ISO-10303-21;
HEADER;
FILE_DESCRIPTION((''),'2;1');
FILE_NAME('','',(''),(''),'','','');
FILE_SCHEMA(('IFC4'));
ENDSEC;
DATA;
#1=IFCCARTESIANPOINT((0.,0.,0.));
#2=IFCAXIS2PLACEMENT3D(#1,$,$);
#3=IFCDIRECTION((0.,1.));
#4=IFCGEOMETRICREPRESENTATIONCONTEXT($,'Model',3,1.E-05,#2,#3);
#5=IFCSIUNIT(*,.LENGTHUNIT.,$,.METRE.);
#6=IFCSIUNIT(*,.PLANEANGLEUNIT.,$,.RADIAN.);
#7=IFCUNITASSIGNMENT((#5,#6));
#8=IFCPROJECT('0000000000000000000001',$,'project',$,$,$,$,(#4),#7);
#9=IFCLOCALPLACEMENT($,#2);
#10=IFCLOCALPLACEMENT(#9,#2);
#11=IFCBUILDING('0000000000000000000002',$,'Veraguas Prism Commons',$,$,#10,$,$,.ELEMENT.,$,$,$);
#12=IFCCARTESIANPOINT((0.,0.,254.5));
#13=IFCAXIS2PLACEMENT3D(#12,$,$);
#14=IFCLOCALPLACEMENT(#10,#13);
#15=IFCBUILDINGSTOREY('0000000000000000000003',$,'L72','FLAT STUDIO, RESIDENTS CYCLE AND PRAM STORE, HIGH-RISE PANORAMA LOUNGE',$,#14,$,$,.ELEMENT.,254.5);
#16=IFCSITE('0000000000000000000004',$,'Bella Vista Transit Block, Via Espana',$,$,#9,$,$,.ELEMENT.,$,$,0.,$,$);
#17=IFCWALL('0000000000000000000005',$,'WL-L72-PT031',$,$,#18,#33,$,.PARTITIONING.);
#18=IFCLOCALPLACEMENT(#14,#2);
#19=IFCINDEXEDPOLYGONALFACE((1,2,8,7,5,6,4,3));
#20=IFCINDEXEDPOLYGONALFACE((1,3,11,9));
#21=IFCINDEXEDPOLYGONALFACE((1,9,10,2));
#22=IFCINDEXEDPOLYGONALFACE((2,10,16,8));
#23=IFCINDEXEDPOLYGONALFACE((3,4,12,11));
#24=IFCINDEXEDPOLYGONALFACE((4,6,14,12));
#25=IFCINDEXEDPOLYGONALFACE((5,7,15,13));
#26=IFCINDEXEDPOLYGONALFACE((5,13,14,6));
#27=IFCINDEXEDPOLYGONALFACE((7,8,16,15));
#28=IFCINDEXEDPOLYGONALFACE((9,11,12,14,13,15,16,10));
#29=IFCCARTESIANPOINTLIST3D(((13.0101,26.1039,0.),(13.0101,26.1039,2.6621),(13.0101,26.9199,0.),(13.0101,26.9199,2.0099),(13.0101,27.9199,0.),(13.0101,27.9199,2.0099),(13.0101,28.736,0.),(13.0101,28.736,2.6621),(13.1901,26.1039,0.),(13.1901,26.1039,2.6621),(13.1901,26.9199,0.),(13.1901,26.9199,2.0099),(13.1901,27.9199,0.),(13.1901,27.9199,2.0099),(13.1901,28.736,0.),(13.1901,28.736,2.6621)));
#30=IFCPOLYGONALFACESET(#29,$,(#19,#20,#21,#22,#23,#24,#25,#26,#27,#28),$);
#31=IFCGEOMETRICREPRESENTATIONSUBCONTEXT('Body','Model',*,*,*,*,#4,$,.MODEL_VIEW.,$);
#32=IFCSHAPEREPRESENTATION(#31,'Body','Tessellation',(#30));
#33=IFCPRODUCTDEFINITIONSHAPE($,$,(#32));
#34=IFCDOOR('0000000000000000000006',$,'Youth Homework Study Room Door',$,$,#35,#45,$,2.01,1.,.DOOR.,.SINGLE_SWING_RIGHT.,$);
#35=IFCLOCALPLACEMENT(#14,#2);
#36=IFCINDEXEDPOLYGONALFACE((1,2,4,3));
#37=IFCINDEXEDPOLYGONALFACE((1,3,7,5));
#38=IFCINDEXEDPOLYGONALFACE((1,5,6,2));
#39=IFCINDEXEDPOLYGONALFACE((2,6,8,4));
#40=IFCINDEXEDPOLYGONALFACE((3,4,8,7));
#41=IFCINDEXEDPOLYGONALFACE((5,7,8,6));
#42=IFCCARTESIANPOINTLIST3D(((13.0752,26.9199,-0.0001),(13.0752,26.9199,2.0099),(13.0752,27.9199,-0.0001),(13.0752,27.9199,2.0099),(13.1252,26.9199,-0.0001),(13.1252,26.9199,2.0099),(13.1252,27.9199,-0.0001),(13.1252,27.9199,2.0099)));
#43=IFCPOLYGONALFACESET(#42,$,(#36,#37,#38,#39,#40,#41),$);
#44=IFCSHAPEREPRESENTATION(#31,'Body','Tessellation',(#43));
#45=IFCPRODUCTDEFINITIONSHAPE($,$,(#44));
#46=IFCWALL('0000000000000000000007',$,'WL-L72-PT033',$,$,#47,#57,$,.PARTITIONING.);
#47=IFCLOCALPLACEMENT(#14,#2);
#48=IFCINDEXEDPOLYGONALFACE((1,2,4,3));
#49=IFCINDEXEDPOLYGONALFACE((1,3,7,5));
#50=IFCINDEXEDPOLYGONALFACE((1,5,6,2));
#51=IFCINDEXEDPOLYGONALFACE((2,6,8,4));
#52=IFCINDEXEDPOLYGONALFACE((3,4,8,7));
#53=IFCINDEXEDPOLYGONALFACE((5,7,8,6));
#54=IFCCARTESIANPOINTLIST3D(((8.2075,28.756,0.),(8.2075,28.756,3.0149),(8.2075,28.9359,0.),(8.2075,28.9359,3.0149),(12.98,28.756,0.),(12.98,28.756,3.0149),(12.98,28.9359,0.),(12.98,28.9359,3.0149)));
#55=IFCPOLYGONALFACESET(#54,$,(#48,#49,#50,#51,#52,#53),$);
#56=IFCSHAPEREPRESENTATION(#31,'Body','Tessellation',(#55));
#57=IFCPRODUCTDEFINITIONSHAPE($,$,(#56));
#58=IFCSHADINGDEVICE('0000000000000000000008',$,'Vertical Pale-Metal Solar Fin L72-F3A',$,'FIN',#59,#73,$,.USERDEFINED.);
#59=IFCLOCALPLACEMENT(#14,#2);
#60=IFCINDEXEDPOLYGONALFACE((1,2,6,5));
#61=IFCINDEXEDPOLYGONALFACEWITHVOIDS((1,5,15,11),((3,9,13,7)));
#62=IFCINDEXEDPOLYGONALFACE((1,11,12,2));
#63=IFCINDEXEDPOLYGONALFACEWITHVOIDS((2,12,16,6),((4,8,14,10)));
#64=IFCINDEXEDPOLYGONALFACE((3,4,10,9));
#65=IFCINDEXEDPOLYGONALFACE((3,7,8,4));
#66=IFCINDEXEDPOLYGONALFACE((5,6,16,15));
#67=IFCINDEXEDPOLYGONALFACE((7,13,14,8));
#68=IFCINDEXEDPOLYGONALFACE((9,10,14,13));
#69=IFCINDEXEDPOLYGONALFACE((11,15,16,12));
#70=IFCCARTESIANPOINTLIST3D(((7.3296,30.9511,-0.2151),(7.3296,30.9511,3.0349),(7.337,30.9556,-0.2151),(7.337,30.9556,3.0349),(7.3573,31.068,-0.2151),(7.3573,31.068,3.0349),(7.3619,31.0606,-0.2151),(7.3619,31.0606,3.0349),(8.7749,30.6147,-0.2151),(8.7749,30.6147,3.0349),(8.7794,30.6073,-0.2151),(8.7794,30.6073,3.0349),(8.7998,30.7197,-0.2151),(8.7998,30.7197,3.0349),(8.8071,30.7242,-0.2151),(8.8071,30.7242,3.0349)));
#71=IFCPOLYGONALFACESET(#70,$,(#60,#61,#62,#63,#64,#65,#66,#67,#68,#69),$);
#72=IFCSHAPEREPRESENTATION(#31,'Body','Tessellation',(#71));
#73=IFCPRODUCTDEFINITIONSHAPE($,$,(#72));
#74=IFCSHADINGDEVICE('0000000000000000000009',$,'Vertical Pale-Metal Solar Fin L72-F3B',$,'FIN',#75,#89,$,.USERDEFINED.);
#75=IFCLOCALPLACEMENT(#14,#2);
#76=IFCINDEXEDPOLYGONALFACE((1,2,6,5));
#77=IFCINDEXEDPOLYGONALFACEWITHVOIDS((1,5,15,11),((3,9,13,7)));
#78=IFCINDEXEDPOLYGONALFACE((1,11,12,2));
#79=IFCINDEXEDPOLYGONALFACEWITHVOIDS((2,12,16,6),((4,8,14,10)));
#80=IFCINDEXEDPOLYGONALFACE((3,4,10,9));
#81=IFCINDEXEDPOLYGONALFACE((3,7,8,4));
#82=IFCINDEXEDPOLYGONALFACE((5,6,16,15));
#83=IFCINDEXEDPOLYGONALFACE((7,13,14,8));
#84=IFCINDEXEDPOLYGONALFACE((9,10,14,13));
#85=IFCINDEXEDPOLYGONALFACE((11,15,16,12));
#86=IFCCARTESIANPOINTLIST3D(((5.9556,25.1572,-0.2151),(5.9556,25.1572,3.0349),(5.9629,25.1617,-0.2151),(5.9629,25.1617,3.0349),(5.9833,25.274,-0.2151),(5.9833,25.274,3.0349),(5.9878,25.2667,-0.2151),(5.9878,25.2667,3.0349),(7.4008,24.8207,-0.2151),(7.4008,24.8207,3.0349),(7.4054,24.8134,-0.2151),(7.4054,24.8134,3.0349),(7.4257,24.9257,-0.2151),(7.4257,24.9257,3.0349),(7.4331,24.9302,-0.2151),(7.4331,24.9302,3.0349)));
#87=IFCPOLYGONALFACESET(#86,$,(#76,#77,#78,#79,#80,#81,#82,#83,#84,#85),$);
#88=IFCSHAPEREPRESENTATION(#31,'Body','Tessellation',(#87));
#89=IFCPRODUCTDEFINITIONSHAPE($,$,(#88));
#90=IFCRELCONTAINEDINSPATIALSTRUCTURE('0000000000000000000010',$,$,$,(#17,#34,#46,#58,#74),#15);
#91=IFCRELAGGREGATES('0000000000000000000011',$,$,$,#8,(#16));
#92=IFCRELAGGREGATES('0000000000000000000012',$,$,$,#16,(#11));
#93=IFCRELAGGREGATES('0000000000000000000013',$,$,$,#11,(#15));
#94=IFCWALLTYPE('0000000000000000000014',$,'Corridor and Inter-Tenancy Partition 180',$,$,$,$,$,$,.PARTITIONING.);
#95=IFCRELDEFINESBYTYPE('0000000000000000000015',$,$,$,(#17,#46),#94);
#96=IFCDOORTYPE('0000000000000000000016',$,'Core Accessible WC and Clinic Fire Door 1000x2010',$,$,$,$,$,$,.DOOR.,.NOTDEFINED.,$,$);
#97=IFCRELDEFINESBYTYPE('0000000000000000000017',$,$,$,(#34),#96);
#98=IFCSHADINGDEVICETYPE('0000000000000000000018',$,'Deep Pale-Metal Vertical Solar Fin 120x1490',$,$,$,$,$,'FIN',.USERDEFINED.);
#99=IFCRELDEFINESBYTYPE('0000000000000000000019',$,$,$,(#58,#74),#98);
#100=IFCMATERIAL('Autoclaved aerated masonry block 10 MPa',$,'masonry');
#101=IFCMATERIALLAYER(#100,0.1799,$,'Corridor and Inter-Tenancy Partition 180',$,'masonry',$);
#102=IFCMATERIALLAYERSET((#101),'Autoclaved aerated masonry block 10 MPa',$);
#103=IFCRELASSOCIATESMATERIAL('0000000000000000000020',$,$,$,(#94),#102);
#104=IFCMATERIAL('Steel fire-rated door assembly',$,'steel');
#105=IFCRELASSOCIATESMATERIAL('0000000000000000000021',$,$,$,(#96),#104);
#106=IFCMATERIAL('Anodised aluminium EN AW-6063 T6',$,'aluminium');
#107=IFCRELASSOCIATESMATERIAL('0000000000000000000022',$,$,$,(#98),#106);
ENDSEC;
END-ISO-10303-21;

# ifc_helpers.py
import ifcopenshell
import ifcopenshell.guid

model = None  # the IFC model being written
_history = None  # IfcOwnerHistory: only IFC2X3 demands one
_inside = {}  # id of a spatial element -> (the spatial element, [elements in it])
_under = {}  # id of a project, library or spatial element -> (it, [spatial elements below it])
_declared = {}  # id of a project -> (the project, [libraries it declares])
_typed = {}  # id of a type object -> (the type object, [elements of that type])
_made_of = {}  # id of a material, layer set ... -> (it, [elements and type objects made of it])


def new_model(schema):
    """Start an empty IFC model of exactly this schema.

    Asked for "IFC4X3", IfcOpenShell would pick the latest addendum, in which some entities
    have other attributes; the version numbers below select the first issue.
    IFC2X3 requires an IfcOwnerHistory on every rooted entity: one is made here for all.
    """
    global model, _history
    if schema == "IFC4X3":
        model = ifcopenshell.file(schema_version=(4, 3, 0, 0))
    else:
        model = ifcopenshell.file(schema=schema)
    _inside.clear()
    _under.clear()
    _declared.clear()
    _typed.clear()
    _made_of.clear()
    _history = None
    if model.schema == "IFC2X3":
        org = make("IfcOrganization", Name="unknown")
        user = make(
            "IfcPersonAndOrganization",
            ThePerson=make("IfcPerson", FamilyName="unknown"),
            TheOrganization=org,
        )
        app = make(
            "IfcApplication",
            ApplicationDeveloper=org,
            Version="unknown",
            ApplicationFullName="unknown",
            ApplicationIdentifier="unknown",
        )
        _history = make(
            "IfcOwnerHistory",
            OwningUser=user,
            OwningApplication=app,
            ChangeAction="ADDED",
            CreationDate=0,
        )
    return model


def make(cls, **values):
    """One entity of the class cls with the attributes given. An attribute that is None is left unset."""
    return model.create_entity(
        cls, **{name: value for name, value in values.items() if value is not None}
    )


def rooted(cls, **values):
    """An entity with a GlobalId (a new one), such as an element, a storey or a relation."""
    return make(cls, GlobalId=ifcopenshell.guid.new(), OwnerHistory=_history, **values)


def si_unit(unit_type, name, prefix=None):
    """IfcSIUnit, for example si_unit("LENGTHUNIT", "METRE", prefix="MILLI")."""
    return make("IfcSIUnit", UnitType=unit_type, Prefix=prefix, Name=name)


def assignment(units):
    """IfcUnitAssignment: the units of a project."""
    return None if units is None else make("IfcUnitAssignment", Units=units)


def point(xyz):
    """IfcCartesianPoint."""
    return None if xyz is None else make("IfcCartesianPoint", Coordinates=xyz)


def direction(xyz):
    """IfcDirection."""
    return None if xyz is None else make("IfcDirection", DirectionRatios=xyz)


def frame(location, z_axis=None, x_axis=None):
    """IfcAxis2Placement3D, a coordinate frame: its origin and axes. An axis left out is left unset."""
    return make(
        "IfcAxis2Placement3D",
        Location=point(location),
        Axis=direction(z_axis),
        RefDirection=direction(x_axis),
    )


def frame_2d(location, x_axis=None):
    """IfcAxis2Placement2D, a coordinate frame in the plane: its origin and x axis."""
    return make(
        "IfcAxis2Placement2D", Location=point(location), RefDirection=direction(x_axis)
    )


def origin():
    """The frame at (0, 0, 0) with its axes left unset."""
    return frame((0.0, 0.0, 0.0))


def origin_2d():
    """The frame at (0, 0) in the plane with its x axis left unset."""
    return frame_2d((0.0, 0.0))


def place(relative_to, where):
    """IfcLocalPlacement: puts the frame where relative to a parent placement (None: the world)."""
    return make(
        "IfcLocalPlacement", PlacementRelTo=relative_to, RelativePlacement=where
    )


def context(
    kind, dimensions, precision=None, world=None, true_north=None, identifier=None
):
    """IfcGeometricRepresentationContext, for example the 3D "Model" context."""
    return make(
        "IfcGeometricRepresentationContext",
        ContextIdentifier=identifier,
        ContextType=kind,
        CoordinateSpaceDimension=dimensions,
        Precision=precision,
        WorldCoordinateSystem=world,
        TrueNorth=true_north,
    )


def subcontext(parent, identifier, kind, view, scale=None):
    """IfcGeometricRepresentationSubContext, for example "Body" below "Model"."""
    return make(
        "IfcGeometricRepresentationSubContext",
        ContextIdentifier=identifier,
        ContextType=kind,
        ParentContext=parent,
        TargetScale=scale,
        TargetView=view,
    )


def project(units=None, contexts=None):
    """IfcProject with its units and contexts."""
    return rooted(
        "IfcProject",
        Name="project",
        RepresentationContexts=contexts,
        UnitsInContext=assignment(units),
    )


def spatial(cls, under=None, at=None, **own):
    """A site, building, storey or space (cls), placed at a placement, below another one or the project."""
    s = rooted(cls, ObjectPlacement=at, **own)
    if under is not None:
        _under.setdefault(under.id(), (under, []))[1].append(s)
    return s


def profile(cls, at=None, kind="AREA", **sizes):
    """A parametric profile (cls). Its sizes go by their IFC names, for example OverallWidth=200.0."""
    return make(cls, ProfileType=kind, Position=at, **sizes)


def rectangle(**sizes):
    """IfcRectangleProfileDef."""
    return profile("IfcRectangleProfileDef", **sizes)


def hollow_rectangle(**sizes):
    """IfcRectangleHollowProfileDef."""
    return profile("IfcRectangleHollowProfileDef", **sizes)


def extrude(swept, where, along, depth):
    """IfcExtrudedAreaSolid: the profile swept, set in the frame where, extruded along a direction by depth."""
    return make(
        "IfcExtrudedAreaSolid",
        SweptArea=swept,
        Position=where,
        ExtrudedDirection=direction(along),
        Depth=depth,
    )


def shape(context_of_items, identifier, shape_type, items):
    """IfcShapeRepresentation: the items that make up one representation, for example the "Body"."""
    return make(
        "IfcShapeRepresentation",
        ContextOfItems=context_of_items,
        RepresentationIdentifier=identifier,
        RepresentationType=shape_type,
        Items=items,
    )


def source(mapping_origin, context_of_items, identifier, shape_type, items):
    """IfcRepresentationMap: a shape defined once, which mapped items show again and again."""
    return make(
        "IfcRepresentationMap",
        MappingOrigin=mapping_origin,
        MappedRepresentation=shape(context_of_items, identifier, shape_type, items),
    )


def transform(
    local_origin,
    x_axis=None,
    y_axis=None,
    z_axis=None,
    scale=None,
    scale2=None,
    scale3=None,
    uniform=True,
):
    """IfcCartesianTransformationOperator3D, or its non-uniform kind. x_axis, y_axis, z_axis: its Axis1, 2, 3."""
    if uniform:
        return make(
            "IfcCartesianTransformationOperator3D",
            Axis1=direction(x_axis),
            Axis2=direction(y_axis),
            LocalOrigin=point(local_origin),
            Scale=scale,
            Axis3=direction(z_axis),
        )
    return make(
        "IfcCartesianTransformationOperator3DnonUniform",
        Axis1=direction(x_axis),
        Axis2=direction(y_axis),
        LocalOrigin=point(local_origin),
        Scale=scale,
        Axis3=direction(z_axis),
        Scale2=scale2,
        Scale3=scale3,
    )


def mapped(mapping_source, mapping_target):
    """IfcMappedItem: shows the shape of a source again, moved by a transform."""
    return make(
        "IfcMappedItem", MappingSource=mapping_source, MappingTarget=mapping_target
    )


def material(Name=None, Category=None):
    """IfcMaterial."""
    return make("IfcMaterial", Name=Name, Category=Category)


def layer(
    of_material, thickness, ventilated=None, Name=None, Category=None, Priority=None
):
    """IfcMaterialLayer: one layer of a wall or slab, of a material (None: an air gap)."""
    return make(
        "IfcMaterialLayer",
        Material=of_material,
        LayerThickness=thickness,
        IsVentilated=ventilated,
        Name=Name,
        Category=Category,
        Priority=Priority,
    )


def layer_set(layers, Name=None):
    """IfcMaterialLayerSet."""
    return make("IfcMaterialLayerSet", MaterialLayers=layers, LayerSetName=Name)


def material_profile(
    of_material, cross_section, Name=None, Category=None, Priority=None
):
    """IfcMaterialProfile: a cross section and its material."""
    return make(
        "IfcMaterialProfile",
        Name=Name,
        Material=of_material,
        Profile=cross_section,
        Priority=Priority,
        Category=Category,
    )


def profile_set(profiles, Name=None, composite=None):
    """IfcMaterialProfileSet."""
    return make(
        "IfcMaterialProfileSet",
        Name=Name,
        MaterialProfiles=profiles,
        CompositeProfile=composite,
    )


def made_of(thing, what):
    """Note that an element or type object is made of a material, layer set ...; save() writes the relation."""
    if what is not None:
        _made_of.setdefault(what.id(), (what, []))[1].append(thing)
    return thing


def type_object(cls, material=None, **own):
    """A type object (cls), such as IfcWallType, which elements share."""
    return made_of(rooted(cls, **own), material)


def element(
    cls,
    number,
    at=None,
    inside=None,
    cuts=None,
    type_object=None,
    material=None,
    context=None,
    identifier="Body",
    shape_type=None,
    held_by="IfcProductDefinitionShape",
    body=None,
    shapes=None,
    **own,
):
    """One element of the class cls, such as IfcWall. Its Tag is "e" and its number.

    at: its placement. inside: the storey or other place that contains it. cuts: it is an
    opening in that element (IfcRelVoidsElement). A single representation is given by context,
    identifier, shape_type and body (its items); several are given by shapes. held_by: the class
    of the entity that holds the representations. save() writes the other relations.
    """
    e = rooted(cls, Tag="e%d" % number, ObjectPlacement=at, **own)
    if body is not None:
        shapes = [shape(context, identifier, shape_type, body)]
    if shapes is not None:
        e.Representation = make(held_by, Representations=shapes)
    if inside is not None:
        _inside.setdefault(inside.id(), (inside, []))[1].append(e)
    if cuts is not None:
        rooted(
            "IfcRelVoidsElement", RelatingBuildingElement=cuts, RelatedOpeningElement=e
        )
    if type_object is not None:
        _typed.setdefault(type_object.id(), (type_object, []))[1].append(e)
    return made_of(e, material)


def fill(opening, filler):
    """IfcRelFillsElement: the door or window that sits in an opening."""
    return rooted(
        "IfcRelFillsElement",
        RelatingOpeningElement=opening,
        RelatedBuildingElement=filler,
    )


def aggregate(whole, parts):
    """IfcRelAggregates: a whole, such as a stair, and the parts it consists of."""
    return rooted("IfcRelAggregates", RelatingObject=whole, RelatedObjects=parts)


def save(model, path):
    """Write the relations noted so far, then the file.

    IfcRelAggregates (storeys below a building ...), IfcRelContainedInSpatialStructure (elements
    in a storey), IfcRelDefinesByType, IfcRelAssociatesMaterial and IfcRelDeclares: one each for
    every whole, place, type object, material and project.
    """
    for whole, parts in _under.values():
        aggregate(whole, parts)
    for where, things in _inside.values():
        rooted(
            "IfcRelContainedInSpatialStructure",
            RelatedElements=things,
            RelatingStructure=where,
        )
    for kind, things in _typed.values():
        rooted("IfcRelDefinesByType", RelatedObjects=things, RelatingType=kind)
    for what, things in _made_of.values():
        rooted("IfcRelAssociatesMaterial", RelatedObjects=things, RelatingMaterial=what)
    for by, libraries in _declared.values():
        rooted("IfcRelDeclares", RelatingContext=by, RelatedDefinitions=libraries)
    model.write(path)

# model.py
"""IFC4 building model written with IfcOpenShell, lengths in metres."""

from ifc_helpers import new_model, si_unit, direction, frame, frame_2d, origin, origin_2d, place, context, subcontext, project, spatial, rectangle, hollow_rectangle, extrude, source, transform, mapped, material, layer, layer_set, material_profile, profile_set, type_object, element, fill, save


model = new_model("IFC4")

# Units and contexts
model_context = context("Model", 3, precision=1e-05, world=origin(), true_north=direction((0.0, 1.0)))
body_context = subcontext(model_context, "Body", "Model", "MODEL_VIEW")
ifc_project = project(units=[si_unit("LENGTHUNIT", "METRE"), si_unit("PLANEANGLEUNIT", "RADIAN")], contexts=[model_context])

# Site, building, storey
site_placement = place(None, origin())
site = spatial("IfcSite", under=ifc_project, at=site_placement, Name="Bella Vista Transit Block, Via Espana", CompositionType="ELEMENT", RefElevation=0.0)
building_placement = place(site_placement, origin())
building = spatial("IfcBuilding", under=site, at=building_placement, Name="Veraguas Prism Commons", CompositionType="ELEMENT")
storey_placement = place(building_placement, frame((0.0, 0.0, 254.5)))
storey = spatial("IfcBuildingStorey", under=building, at=storey_placement, Name="L72", Description="FLAT STUDIO, RESIDENTS CYCLE AND PRAM STORE, HIGH-RISE PANORAMA LOUNGE", CompositionType="ELEMENT", Elevation=254.5)

# Shared definitions
ifc_material_1 = material(Name="Anodised aluminium EN AW-6063 T6", Category="aluminium")

# Shared definitions
ifc_material_2 = material(Name="Autoclaved aerated masonry block 10 MPa", Category="masonry")
ifc_layer_1 = layer(ifc_material_2, 0.1799, Name="Corridor and Inter-Tenancy Partition 180", Category="masonry")
ifc_layer_set_1 = layer_set([ifc_layer_1], Name="Autoclaved aerated masonry block 10 MPa")
wall_type = type_object("IfcWallType", Name="Corridor and Inter-Tenancy Partition 180", PredefinedType="PARTITIONING", material=ifc_layer_set_1)

# Wall, opening, door
wall_1_placement = place(storey_placement, frame((13.1001, 26.104, 0.0), z_axis=(0.0, 0.0, 1.0), x_axis=(0.0, 1.0, 0.0)))
wall_1 = element("IfcWall", 1, at=wall_1_placement, inside=storey, type_object=wall_type, Name="WL-L72-PT031", PredefinedType="PARTITIONING", context=body_context, shape_type="SweptSolid", body=[
    extrude(rectangle(XDim=2.6321, YDim=0.1799, at=frame_2d((1.3159, 0.0))), origin(), (0.0, 0.0, 1.0), 2.6621),
])
opening_placement = place(wall_1_placement, frame((0.8159, 0.0, 0.0)))
opening = element("IfcOpeningElement", 2, at=opening_placement, cuts=wall_1, PredefinedType="OPENING", context=body_context, shape_type="SweptSolid", body=[
    extrude(rectangle(XDim=1.0, YDim=2.01, at=frame_2d((0.5, 1.0049))), frame((0.0, 0.0999, 0.0), z_axis=(0.0, -1.0, 0.0), x_axis=(1.0, 0.0, 0.0)), (0.0, 0.0, 1.0), 0.2),
])
ifc_material_3 = material(Name="Steel fire-rated door assembly", Category="steel")
door_type = type_object("IfcDoorType", Name="Core Accessible WC and Clinic Fire Door 1000x2010", OperationType="NOTDEFINED", PredefinedType="DOOR", material=ifc_material_3)
shared_shape_1 = source(origin(), body_context, "Body", "SweptSolid", [
    extrude(rectangle(XDim=1.0, YDim=2.01, at=frame_2d((0.5, 1.0049))), frame((0.0, 0.0249, 0.0), z_axis=(0.0, -1.0, 0.0), x_axis=(1.0, 0.0, 0.0)), (0.0, 0.0, 1.0), 0.05),
])
door_placement = place(opening_placement, origin())
door = element("IfcDoor", 3, at=door_placement, inside=storey, type_object=door_type, Name="Youth Homework Study Room Door", OperationType="SINGLE_SWING_RIGHT", OverallHeight=2.01, OverallWidth=1.0, PredefinedType="DOOR", context=body_context, shape_type="MappedRepresentation", body=[
    mapped(shared_shape_1, transform((0.0, 0.0, 0.0), scale=1.0)),
])
fill(opening, door)

# Wall
wall_2_placement = place(storey_placement, frame((12.98, 28.8459, 0.0), z_axis=(0.0, 0.0, 1.0), x_axis=(-1.0, 0.0, 0.0)))
element("IfcWall", 4, at=wall_2_placement, inside=storey, type_object=wall_type, Name="WL-L72-PT033", PredefinedType="PARTITIONING", context=body_context, shape_type="SweptSolid", body=[
    extrude(rectangle(XDim=4.7725, YDim=0.1799, at=frame_2d((2.3862, 0.0))), origin(), (0.0, 0.0, 1.0), 3.0149),
])

# Shading devices
ifc_material_profile_1 = material_profile(ifc_material_1, hollow_rectangle(XDim=0.1201, YDim=1.49, WallThickness=0.0061, at=origin_2d()), Name="FIN120X1490X6")
ifc_profile_set_1 = profile_set([ifc_material_profile_1], Name="Anodised aluminium EN AW-6063 T6")
shading_device_type = type_object("IfcShadingDeviceType", Name="Deep Pale-Metal Vertical Solar Fin 120x1490", ElementType="FIN", PredefinedType="USERDEFINED", material=ifc_profile_set_1)
for number, where, z_axis, x_axis, name in (
    (5, (8.0684, 30.8376, -0.2151), (0.0, 0.0, 1.0), (-0.230734, -0.973017, 0.0), "Vertical Pale-Metal Solar Fin L72-F3A"),
    (6, (6.6943, 25.0437, -0.2151), (0.0, 0.0, 1.0), (-0.230734, -0.973017, 0.0), "Vertical Pale-Metal Solar Fin L72-F3B"),
):
    element("IfcShadingDevice", number, at=place(storey_placement, frame(where, z_axis=z_axis, x_axis=x_axis)), inside=storey, type_object=shading_device_type, Name=name, ObjectType="FIN", PredefinedType="USERDEFINED", context=body_context, shape_type="SweptSolid", body=[
        extrude(hollow_rectangle(XDim=0.1201, YDim=1.49, WallThickness=0.0061, at=origin_2d()), origin(), (0.0, 0.0, 1.0), 3.25),
    ])

save(model, "model.ifc")
